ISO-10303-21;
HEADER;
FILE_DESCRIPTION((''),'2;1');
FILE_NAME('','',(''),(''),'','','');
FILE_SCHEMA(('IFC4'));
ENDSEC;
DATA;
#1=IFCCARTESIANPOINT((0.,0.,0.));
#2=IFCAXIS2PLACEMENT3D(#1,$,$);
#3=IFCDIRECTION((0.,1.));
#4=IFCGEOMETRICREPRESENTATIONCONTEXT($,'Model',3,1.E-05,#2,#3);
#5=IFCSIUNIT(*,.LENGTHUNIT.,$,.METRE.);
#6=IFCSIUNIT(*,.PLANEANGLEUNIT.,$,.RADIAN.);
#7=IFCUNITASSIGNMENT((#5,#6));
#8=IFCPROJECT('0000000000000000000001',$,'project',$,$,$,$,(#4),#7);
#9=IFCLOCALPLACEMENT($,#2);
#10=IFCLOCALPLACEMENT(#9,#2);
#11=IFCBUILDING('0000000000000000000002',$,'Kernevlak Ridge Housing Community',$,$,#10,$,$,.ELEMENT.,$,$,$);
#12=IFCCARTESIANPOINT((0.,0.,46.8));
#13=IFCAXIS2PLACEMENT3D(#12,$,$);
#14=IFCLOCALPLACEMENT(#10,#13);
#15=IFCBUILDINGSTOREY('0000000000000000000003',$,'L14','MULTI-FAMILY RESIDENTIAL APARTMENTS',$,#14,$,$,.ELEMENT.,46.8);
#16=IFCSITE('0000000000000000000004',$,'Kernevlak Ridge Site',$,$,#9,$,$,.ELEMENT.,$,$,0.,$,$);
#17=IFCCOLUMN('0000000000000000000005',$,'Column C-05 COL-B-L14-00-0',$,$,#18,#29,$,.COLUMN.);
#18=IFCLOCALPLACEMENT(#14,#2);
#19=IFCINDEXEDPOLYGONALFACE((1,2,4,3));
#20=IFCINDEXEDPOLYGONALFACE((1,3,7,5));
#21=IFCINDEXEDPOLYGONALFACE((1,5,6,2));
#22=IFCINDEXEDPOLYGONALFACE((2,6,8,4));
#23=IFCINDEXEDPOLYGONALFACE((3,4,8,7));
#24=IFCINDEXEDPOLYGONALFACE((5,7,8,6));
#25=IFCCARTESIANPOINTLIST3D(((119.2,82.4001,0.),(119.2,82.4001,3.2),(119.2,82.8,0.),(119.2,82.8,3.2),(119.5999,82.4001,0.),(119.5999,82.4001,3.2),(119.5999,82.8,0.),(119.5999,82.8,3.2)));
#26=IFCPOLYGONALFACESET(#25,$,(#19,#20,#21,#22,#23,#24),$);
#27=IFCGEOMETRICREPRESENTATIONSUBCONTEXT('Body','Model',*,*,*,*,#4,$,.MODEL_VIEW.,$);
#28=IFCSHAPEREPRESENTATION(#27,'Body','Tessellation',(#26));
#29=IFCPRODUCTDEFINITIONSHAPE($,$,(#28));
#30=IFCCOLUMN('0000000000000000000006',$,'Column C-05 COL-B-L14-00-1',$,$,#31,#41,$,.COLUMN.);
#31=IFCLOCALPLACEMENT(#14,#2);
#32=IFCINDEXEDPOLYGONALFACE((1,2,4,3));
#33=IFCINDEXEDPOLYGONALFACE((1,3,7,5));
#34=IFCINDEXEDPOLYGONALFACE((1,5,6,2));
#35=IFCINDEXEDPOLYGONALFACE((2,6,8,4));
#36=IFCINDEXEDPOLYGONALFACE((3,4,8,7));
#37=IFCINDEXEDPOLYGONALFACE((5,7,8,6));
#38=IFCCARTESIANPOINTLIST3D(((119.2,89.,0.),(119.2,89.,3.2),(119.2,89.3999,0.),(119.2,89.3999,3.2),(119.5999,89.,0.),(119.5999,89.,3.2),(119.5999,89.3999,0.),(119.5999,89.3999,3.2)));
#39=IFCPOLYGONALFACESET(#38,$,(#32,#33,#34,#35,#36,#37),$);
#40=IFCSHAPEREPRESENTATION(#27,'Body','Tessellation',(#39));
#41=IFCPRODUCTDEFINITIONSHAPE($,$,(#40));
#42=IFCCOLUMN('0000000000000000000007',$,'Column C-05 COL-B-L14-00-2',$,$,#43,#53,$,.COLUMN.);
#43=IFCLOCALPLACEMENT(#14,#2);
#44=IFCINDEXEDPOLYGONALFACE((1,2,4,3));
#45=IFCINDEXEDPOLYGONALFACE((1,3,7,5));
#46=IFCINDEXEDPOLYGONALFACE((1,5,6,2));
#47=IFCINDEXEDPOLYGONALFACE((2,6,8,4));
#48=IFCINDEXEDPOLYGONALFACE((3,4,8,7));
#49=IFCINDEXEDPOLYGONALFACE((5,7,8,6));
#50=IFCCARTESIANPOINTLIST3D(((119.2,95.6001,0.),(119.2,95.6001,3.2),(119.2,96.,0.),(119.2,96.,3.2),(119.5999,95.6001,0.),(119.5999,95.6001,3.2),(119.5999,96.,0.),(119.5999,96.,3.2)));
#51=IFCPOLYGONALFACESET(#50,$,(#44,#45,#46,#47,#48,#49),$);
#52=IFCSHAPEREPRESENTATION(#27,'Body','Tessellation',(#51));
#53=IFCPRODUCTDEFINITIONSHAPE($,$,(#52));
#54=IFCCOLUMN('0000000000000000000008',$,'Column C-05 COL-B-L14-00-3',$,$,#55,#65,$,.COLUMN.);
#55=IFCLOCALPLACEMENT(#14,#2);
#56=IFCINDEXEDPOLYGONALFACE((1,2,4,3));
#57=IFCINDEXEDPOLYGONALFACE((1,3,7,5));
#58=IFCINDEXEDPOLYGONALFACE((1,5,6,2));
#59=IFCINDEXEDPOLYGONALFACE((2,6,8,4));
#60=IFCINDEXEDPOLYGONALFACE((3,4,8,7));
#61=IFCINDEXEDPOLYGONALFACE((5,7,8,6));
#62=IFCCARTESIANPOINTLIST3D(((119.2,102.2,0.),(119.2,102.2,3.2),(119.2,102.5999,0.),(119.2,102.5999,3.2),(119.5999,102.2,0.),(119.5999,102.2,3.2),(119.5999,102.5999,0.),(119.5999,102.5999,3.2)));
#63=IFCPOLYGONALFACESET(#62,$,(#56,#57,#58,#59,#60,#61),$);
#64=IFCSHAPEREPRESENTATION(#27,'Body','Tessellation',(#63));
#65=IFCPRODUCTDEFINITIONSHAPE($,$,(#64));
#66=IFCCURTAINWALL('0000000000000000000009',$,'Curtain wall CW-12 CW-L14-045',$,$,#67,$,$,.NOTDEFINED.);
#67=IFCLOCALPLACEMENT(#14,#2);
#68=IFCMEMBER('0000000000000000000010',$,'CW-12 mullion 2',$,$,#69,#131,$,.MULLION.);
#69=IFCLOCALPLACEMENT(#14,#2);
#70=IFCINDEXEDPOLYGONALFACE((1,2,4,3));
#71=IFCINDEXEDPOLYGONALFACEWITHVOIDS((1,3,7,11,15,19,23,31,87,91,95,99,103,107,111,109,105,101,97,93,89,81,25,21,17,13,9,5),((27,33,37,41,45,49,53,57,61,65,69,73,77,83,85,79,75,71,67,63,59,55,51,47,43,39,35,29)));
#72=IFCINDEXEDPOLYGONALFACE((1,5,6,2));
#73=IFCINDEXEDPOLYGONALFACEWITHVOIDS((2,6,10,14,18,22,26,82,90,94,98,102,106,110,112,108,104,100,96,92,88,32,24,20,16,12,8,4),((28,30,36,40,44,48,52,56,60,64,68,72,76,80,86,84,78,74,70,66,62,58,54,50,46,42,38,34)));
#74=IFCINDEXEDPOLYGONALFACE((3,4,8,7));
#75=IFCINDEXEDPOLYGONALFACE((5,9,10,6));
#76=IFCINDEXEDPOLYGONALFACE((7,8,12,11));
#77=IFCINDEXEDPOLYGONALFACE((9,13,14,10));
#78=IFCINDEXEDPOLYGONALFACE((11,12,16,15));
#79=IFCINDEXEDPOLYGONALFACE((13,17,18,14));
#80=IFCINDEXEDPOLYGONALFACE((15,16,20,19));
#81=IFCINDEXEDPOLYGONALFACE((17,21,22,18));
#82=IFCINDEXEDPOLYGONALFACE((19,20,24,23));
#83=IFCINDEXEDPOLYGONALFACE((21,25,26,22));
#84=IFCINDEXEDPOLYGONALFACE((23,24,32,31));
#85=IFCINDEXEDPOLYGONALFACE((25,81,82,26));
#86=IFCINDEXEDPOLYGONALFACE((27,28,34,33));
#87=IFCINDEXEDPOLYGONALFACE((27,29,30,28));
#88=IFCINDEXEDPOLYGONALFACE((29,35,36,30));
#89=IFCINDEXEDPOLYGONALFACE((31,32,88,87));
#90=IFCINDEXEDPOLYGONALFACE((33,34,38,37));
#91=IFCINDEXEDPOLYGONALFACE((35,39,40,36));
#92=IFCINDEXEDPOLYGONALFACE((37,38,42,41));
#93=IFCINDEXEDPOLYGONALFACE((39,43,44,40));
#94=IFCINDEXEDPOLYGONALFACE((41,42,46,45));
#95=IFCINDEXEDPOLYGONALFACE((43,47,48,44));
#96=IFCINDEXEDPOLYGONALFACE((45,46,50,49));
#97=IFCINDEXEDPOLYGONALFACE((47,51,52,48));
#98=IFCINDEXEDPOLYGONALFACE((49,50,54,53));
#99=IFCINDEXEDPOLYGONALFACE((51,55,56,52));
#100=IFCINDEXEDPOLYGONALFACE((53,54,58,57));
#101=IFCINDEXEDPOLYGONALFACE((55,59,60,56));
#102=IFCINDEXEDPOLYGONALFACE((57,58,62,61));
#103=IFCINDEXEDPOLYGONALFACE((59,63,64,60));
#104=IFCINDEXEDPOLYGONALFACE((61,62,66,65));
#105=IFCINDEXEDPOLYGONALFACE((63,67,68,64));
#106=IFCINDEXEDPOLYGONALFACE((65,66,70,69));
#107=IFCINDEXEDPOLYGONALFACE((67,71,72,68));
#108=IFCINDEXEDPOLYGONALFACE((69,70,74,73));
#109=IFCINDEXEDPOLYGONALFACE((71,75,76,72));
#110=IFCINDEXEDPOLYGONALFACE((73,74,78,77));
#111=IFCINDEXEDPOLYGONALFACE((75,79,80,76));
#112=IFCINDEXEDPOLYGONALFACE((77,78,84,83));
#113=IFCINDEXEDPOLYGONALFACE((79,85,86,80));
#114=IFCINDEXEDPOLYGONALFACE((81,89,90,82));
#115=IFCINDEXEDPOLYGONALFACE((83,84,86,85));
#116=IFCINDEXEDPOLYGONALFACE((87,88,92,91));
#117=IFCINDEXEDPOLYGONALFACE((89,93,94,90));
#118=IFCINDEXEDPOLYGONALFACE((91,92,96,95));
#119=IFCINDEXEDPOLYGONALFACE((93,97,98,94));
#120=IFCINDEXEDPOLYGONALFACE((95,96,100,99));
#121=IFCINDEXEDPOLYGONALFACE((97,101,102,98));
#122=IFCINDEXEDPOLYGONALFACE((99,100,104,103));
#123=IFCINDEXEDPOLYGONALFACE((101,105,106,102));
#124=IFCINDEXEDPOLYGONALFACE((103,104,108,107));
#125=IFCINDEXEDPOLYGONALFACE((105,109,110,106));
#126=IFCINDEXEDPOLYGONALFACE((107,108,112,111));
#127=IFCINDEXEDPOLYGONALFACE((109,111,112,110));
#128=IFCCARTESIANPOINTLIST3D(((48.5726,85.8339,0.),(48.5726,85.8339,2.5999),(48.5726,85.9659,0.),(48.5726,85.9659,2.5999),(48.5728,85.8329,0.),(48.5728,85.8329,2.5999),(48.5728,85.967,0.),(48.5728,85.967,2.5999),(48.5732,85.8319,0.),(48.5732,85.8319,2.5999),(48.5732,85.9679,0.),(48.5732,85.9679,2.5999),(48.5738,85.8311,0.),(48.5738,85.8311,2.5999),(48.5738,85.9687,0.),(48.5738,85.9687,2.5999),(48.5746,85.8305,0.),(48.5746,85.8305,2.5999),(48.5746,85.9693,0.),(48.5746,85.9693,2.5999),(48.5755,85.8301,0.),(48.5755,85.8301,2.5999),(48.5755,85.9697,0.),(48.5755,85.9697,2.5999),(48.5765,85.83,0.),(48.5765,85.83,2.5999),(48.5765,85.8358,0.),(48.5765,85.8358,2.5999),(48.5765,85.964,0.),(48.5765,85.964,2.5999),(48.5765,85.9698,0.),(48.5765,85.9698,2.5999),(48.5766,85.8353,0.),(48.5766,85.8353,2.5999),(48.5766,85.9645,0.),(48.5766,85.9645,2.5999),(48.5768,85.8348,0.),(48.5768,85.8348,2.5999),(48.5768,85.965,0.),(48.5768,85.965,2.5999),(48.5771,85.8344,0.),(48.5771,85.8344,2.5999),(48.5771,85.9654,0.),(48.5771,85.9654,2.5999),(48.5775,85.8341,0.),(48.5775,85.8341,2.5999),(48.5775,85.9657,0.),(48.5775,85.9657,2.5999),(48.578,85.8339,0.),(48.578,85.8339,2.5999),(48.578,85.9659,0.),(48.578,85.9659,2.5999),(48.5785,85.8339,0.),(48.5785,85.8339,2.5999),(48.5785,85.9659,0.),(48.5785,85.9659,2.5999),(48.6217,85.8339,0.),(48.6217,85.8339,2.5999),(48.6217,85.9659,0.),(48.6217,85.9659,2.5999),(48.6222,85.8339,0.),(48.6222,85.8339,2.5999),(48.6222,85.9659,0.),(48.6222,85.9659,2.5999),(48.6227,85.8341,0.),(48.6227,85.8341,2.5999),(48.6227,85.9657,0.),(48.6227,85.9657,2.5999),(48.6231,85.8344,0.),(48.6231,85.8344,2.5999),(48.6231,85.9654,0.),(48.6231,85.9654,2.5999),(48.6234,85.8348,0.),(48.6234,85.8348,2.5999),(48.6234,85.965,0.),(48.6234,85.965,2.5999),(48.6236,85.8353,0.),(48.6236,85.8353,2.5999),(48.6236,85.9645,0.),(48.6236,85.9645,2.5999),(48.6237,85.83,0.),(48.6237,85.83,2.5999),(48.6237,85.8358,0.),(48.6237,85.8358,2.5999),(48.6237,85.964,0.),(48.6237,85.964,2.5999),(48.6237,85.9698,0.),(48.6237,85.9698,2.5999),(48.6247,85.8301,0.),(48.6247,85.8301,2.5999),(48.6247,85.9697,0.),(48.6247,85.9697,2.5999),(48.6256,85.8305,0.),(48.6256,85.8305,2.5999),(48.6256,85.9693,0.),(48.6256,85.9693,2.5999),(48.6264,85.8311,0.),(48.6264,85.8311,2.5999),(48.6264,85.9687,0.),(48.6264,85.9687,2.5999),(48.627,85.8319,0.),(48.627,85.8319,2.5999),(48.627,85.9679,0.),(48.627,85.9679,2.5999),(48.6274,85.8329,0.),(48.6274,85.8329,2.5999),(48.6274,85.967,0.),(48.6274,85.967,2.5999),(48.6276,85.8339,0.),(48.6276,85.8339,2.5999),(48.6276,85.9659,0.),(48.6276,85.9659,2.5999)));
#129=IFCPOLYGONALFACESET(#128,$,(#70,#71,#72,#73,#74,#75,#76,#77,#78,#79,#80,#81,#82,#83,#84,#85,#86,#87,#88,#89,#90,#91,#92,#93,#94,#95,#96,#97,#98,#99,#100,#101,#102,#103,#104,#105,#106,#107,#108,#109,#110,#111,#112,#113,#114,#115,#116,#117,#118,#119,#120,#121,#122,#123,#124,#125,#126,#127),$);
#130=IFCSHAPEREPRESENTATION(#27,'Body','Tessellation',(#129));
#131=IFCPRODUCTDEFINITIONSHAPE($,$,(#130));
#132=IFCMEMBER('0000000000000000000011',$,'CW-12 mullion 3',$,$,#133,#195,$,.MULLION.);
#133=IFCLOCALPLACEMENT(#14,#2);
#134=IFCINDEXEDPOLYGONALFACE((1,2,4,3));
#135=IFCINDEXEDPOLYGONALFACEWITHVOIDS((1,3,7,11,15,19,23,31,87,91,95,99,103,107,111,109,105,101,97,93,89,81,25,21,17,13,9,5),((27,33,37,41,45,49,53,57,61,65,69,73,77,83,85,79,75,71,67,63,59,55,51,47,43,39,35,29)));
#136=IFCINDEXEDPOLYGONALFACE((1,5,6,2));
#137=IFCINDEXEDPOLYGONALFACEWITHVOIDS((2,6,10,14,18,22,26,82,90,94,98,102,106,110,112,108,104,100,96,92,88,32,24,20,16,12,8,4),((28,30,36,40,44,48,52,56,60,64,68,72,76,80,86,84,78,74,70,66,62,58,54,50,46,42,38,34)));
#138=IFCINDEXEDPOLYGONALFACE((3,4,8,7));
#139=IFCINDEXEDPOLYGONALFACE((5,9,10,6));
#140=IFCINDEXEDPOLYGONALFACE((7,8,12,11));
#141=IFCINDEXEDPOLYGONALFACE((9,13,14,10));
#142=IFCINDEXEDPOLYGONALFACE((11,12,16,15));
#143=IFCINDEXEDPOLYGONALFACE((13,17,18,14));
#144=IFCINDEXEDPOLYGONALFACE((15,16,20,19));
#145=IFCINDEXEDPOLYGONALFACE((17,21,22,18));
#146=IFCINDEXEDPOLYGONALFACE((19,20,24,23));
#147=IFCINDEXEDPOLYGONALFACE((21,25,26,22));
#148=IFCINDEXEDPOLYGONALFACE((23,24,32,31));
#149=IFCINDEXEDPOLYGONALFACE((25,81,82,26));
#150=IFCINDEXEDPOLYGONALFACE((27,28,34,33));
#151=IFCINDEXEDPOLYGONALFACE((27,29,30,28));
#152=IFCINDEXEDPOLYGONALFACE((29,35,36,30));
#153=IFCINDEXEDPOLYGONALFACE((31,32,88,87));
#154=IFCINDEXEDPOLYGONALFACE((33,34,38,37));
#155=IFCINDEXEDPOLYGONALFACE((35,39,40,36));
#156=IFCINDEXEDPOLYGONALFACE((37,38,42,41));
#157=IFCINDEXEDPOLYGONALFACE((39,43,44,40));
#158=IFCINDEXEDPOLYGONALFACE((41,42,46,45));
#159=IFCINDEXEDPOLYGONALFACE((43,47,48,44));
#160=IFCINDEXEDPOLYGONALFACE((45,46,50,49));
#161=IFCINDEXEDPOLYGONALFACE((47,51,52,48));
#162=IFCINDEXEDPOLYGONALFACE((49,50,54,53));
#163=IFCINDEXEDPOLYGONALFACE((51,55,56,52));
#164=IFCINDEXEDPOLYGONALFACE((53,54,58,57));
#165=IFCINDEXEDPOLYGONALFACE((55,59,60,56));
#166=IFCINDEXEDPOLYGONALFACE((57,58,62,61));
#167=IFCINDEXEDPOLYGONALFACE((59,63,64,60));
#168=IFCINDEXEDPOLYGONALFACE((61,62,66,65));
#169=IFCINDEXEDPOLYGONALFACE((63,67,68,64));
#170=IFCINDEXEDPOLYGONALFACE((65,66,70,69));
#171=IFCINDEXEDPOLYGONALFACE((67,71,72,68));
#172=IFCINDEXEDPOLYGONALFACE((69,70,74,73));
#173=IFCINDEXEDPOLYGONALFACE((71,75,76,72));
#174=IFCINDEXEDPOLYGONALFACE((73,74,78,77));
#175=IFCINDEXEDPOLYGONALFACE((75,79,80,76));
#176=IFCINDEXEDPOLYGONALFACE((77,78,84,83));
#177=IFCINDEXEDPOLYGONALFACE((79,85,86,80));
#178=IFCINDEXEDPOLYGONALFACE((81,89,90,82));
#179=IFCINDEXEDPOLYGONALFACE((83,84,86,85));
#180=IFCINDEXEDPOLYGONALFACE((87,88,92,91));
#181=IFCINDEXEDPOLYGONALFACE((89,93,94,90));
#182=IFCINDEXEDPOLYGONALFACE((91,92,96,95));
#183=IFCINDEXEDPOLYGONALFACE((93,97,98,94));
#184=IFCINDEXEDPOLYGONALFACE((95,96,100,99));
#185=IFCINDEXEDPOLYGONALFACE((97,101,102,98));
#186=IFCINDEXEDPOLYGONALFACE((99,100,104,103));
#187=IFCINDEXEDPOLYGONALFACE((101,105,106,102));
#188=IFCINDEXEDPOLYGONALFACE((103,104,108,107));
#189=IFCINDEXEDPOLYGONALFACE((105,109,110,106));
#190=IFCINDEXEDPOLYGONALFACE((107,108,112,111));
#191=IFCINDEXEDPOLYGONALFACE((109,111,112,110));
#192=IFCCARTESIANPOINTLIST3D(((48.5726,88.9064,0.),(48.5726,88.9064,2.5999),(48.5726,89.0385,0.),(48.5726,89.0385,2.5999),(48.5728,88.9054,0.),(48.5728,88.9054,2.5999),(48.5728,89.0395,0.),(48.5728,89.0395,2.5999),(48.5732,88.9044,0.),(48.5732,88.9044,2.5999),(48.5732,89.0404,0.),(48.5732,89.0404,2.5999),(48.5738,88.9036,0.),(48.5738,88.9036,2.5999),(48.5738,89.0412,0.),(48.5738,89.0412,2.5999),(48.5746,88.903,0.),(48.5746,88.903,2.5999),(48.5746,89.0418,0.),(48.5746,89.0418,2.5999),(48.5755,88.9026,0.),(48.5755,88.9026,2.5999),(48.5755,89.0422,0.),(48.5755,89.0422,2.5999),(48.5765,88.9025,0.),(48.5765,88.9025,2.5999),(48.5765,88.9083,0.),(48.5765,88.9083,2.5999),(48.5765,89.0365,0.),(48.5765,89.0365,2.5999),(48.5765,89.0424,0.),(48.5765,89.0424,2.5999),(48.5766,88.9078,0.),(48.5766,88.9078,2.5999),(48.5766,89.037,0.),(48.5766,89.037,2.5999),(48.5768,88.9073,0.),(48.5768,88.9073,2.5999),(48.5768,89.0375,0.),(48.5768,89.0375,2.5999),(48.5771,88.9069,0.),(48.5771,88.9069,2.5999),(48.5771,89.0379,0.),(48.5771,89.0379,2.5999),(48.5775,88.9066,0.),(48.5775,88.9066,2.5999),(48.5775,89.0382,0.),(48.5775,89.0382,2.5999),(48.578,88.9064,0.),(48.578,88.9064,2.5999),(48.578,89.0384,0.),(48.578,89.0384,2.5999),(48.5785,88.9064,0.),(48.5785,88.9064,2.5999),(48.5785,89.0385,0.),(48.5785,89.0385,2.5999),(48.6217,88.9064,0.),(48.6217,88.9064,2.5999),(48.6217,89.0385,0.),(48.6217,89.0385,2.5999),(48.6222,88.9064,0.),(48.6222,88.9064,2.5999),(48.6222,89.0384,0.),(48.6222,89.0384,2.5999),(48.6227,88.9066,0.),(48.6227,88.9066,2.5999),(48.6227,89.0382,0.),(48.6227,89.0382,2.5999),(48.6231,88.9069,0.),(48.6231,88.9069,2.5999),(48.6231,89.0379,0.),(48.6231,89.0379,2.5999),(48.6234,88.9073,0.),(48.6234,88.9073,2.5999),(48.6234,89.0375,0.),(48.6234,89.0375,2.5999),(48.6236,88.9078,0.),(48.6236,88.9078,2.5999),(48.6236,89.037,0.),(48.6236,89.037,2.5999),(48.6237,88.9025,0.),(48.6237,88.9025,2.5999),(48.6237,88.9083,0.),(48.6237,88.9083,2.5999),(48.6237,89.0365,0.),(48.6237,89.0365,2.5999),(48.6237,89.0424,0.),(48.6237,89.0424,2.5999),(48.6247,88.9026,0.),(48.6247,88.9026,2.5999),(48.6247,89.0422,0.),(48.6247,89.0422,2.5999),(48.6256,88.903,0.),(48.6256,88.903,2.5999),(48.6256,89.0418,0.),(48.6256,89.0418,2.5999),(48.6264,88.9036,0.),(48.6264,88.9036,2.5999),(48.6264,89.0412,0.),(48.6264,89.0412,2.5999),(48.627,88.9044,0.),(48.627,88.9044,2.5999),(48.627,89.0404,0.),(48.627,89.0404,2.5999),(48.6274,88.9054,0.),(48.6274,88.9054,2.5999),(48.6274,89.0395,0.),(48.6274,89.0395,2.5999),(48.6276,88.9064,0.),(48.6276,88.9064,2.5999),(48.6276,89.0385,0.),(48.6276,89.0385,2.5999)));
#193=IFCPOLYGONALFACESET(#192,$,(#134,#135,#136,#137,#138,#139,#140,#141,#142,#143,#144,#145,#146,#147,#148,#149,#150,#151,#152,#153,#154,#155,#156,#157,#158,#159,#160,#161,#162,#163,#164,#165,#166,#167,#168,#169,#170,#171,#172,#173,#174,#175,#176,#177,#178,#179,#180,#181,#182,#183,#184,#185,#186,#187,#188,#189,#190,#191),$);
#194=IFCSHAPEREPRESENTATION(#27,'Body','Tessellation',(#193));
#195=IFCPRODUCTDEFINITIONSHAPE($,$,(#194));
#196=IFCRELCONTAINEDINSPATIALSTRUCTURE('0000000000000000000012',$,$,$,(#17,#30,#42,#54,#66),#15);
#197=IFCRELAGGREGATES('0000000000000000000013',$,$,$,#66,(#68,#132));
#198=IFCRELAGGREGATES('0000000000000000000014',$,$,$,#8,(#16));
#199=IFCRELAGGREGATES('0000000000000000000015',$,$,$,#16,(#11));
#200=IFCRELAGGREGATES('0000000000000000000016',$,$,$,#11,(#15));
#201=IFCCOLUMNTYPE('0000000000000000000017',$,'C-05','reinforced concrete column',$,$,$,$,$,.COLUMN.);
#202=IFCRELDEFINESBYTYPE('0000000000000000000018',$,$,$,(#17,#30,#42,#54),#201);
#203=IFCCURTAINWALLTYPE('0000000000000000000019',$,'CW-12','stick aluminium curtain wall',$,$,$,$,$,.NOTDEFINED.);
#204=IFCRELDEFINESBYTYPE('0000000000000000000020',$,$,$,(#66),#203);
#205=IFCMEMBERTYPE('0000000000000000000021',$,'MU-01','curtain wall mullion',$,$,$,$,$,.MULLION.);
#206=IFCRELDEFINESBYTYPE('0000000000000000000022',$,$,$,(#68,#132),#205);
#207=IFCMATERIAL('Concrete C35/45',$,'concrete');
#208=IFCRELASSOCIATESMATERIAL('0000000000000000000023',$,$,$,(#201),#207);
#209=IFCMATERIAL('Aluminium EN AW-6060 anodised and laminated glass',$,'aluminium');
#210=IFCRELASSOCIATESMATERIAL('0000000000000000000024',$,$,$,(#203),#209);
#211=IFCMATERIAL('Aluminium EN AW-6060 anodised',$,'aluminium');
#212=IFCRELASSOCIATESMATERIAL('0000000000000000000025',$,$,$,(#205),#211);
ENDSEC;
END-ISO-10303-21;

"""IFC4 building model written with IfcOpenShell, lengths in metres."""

from ifc_helpers import new_model, si_unit, direction, frame, origin, origin_2d, place, context, subcontext, project, spatial, rectangle, hollow_rectangle, extrude, material, material_profile, profile_set, type_object, element, aggregate, save


model = new_model("IFC4")

# Units and contexts
model_context = context("Model", 3, precision=1e-05, world=origin(), true_north=direction((0.0, 1.0)))
body_context = subcontext(model_context, "Body", "Model", "MODEL_VIEW")
ifc_project = project(units=[si_unit("LENGTHUNIT", "METRE"), si_unit("PLANEANGLEUNIT", "RADIAN")], contexts=[model_context])

# Site, building, storey
site_placement = place(None, origin())
site = spatial("IfcSite", under=ifc_project, at=site_placement, Name="Kernevlak Ridge Site", CompositionType="ELEMENT", RefElevation=0.0)
building_placement = place(site_placement, origin())
building = spatial("IfcBuilding", under=site, at=building_placement, Name="Kernevlak Ridge Housing Community", CompositionType="ELEMENT")
storey_placement = place(building_placement, frame((0.0, 0.0, 46.8)))
storey = spatial("IfcBuildingStorey", under=building, at=storey_placement, Name="L14", Description="MULTI-FAMILY RESIDENTIAL APARTMENTS", CompositionType="ELEMENT", Elevation=46.8)

# Columns
ifc_material_1 = material(Name="Concrete C35/45", Category="concrete")
ifc_material_profile_1 = material_profile(ifc_material_1, rectangle(XDim=0.3999, YDim=0.3999, at=origin_2d()), Name="RC 400x400")
ifc_profile_set_1 = profile_set([ifc_material_profile_1], Name="Concrete C35/45")
column_type = type_object("IfcColumnType", Name="C-05", Description="reinforced concrete column", PredefinedType="COLUMN", material=ifc_profile_set_1)
for number, where, z_axis, x_axis, name in (
    (1, (119.3999, 82.6001, 0.0), (0.0, 0.0, 1.0), (1.0, 0.0, 0.0), "Column C-05 COL-B-L14-00-0"),
    (2, (119.3999, 89.2, 0.0), (0.0, 0.0, 1.0), (1.0, 0.0, 0.0), "Column C-05 COL-B-L14-00-1"),
    (3, (119.3999, 95.8, 0.0), (0.0, 0.0, 1.0), (1.0, 0.0, 0.0), "Column C-05 COL-B-L14-00-2"),
    (4, (119.3999, 102.3999, 0.0), (0.0, 0.0, 1.0), (1.0, 0.0, 0.0), "Column C-05 COL-B-L14-00-3"),
):
    element("IfcColumn", number, at=place(storey_placement, frame(where, z_axis=z_axis, x_axis=x_axis)), inside=storey, type_object=column_type, Name=name, PredefinedType="COLUMN", context=body_context, shape_type="SweptSolid", body=[
        extrude(rectangle(XDim=0.3999, YDim=0.3999, at=origin_2d()), origin(), (0.0, 0.0, 1.0), 3.2),
    ])

# Curtain wall, members
ifc_material_2 = material(Name="Aluminium EN AW-6060 anodised and laminated glass", Category="aluminium")
curtain_wall_type_1 = type_object("IfcCurtainWallType", Name="CW-12", Description="stick aluminium curtain wall", PredefinedType="NOTDEFINED", material=ifc_material_2)
curtain_wall_1_placement = place(storey_placement, origin())
curtain_wall_1 = element("IfcCurtainWall", 5, at=curtain_wall_1_placement, inside=storey, type_object=curtain_wall_type_1, Name="Curtain wall CW-12 CW-L14-045", PredefinedType="NOTDEFINED")
ifc_material_3 = material(Name="Aluminium EN AW-6060 anodised", Category="aluminium")
ifc_material_profile_2 = material_profile(ifc_material_3, hollow_rectangle(XDim=0.0549, YDim=0.1399, WallThickness=0.0039, InnerFilletRadius=0.002, OuterFilletRadius=0.0039, at=origin_2d()), Name="ALU 55x140x4")
ifc_profile_set_2 = profile_set([ifc_material_profile_2], Name="Aluminium EN AW-6060 anodised")
member_type_1 = type_object("IfcMemberType", Name="MU-01", Description="curtain wall mullion", PredefinedType="MULLION", material=ifc_profile_set_2)
member_1_placement = place(storey_placement, frame((48.6001, 85.8999, 0.0), z_axis=(0.0, 0.0, 1.0), x_axis=(-1.0, 0.0, 0.0)))
member_1 = element("IfcMember", 6, at=member_1_placement, type_object=member_type_1, Name="CW-12 mullion 2", PredefinedType="MULLION", context=body_context, shape_type="SweptSolid", body=[
    extrude(hollow_rectangle(XDim=0.0549, YDim=0.1399, WallThickness=0.0039, InnerFilletRadius=0.002, OuterFilletRadius=0.0039, at=origin_2d()), origin(), (0.0, 0.0, 1.0), 2.5999),
])
member_2_placement = place(storey_placement, frame((48.6001, 88.9724, 0.0), z_axis=(0.0, 0.0, 1.0), x_axis=(-1.0, 0.0, 0.0)))
member_2 = element("IfcMember", 7, at=member_2_placement, type_object=member_type_1, Name="CW-12 mullion 3", PredefinedType="MULLION", context=body_context, shape_type="SweptSolid", body=[
    extrude(hollow_rectangle(XDim=0.0549, YDim=0.1399, WallThickness=0.0039, InnerFilletRadius=0.002, OuterFilletRadius=0.0039, at=origin_2d()), origin(), (0.0, 0.0, 1.0), 2.5999),
])

aggregate(curtain_wall_1, [member_1, member_2])

save(model, "model.ifc")
